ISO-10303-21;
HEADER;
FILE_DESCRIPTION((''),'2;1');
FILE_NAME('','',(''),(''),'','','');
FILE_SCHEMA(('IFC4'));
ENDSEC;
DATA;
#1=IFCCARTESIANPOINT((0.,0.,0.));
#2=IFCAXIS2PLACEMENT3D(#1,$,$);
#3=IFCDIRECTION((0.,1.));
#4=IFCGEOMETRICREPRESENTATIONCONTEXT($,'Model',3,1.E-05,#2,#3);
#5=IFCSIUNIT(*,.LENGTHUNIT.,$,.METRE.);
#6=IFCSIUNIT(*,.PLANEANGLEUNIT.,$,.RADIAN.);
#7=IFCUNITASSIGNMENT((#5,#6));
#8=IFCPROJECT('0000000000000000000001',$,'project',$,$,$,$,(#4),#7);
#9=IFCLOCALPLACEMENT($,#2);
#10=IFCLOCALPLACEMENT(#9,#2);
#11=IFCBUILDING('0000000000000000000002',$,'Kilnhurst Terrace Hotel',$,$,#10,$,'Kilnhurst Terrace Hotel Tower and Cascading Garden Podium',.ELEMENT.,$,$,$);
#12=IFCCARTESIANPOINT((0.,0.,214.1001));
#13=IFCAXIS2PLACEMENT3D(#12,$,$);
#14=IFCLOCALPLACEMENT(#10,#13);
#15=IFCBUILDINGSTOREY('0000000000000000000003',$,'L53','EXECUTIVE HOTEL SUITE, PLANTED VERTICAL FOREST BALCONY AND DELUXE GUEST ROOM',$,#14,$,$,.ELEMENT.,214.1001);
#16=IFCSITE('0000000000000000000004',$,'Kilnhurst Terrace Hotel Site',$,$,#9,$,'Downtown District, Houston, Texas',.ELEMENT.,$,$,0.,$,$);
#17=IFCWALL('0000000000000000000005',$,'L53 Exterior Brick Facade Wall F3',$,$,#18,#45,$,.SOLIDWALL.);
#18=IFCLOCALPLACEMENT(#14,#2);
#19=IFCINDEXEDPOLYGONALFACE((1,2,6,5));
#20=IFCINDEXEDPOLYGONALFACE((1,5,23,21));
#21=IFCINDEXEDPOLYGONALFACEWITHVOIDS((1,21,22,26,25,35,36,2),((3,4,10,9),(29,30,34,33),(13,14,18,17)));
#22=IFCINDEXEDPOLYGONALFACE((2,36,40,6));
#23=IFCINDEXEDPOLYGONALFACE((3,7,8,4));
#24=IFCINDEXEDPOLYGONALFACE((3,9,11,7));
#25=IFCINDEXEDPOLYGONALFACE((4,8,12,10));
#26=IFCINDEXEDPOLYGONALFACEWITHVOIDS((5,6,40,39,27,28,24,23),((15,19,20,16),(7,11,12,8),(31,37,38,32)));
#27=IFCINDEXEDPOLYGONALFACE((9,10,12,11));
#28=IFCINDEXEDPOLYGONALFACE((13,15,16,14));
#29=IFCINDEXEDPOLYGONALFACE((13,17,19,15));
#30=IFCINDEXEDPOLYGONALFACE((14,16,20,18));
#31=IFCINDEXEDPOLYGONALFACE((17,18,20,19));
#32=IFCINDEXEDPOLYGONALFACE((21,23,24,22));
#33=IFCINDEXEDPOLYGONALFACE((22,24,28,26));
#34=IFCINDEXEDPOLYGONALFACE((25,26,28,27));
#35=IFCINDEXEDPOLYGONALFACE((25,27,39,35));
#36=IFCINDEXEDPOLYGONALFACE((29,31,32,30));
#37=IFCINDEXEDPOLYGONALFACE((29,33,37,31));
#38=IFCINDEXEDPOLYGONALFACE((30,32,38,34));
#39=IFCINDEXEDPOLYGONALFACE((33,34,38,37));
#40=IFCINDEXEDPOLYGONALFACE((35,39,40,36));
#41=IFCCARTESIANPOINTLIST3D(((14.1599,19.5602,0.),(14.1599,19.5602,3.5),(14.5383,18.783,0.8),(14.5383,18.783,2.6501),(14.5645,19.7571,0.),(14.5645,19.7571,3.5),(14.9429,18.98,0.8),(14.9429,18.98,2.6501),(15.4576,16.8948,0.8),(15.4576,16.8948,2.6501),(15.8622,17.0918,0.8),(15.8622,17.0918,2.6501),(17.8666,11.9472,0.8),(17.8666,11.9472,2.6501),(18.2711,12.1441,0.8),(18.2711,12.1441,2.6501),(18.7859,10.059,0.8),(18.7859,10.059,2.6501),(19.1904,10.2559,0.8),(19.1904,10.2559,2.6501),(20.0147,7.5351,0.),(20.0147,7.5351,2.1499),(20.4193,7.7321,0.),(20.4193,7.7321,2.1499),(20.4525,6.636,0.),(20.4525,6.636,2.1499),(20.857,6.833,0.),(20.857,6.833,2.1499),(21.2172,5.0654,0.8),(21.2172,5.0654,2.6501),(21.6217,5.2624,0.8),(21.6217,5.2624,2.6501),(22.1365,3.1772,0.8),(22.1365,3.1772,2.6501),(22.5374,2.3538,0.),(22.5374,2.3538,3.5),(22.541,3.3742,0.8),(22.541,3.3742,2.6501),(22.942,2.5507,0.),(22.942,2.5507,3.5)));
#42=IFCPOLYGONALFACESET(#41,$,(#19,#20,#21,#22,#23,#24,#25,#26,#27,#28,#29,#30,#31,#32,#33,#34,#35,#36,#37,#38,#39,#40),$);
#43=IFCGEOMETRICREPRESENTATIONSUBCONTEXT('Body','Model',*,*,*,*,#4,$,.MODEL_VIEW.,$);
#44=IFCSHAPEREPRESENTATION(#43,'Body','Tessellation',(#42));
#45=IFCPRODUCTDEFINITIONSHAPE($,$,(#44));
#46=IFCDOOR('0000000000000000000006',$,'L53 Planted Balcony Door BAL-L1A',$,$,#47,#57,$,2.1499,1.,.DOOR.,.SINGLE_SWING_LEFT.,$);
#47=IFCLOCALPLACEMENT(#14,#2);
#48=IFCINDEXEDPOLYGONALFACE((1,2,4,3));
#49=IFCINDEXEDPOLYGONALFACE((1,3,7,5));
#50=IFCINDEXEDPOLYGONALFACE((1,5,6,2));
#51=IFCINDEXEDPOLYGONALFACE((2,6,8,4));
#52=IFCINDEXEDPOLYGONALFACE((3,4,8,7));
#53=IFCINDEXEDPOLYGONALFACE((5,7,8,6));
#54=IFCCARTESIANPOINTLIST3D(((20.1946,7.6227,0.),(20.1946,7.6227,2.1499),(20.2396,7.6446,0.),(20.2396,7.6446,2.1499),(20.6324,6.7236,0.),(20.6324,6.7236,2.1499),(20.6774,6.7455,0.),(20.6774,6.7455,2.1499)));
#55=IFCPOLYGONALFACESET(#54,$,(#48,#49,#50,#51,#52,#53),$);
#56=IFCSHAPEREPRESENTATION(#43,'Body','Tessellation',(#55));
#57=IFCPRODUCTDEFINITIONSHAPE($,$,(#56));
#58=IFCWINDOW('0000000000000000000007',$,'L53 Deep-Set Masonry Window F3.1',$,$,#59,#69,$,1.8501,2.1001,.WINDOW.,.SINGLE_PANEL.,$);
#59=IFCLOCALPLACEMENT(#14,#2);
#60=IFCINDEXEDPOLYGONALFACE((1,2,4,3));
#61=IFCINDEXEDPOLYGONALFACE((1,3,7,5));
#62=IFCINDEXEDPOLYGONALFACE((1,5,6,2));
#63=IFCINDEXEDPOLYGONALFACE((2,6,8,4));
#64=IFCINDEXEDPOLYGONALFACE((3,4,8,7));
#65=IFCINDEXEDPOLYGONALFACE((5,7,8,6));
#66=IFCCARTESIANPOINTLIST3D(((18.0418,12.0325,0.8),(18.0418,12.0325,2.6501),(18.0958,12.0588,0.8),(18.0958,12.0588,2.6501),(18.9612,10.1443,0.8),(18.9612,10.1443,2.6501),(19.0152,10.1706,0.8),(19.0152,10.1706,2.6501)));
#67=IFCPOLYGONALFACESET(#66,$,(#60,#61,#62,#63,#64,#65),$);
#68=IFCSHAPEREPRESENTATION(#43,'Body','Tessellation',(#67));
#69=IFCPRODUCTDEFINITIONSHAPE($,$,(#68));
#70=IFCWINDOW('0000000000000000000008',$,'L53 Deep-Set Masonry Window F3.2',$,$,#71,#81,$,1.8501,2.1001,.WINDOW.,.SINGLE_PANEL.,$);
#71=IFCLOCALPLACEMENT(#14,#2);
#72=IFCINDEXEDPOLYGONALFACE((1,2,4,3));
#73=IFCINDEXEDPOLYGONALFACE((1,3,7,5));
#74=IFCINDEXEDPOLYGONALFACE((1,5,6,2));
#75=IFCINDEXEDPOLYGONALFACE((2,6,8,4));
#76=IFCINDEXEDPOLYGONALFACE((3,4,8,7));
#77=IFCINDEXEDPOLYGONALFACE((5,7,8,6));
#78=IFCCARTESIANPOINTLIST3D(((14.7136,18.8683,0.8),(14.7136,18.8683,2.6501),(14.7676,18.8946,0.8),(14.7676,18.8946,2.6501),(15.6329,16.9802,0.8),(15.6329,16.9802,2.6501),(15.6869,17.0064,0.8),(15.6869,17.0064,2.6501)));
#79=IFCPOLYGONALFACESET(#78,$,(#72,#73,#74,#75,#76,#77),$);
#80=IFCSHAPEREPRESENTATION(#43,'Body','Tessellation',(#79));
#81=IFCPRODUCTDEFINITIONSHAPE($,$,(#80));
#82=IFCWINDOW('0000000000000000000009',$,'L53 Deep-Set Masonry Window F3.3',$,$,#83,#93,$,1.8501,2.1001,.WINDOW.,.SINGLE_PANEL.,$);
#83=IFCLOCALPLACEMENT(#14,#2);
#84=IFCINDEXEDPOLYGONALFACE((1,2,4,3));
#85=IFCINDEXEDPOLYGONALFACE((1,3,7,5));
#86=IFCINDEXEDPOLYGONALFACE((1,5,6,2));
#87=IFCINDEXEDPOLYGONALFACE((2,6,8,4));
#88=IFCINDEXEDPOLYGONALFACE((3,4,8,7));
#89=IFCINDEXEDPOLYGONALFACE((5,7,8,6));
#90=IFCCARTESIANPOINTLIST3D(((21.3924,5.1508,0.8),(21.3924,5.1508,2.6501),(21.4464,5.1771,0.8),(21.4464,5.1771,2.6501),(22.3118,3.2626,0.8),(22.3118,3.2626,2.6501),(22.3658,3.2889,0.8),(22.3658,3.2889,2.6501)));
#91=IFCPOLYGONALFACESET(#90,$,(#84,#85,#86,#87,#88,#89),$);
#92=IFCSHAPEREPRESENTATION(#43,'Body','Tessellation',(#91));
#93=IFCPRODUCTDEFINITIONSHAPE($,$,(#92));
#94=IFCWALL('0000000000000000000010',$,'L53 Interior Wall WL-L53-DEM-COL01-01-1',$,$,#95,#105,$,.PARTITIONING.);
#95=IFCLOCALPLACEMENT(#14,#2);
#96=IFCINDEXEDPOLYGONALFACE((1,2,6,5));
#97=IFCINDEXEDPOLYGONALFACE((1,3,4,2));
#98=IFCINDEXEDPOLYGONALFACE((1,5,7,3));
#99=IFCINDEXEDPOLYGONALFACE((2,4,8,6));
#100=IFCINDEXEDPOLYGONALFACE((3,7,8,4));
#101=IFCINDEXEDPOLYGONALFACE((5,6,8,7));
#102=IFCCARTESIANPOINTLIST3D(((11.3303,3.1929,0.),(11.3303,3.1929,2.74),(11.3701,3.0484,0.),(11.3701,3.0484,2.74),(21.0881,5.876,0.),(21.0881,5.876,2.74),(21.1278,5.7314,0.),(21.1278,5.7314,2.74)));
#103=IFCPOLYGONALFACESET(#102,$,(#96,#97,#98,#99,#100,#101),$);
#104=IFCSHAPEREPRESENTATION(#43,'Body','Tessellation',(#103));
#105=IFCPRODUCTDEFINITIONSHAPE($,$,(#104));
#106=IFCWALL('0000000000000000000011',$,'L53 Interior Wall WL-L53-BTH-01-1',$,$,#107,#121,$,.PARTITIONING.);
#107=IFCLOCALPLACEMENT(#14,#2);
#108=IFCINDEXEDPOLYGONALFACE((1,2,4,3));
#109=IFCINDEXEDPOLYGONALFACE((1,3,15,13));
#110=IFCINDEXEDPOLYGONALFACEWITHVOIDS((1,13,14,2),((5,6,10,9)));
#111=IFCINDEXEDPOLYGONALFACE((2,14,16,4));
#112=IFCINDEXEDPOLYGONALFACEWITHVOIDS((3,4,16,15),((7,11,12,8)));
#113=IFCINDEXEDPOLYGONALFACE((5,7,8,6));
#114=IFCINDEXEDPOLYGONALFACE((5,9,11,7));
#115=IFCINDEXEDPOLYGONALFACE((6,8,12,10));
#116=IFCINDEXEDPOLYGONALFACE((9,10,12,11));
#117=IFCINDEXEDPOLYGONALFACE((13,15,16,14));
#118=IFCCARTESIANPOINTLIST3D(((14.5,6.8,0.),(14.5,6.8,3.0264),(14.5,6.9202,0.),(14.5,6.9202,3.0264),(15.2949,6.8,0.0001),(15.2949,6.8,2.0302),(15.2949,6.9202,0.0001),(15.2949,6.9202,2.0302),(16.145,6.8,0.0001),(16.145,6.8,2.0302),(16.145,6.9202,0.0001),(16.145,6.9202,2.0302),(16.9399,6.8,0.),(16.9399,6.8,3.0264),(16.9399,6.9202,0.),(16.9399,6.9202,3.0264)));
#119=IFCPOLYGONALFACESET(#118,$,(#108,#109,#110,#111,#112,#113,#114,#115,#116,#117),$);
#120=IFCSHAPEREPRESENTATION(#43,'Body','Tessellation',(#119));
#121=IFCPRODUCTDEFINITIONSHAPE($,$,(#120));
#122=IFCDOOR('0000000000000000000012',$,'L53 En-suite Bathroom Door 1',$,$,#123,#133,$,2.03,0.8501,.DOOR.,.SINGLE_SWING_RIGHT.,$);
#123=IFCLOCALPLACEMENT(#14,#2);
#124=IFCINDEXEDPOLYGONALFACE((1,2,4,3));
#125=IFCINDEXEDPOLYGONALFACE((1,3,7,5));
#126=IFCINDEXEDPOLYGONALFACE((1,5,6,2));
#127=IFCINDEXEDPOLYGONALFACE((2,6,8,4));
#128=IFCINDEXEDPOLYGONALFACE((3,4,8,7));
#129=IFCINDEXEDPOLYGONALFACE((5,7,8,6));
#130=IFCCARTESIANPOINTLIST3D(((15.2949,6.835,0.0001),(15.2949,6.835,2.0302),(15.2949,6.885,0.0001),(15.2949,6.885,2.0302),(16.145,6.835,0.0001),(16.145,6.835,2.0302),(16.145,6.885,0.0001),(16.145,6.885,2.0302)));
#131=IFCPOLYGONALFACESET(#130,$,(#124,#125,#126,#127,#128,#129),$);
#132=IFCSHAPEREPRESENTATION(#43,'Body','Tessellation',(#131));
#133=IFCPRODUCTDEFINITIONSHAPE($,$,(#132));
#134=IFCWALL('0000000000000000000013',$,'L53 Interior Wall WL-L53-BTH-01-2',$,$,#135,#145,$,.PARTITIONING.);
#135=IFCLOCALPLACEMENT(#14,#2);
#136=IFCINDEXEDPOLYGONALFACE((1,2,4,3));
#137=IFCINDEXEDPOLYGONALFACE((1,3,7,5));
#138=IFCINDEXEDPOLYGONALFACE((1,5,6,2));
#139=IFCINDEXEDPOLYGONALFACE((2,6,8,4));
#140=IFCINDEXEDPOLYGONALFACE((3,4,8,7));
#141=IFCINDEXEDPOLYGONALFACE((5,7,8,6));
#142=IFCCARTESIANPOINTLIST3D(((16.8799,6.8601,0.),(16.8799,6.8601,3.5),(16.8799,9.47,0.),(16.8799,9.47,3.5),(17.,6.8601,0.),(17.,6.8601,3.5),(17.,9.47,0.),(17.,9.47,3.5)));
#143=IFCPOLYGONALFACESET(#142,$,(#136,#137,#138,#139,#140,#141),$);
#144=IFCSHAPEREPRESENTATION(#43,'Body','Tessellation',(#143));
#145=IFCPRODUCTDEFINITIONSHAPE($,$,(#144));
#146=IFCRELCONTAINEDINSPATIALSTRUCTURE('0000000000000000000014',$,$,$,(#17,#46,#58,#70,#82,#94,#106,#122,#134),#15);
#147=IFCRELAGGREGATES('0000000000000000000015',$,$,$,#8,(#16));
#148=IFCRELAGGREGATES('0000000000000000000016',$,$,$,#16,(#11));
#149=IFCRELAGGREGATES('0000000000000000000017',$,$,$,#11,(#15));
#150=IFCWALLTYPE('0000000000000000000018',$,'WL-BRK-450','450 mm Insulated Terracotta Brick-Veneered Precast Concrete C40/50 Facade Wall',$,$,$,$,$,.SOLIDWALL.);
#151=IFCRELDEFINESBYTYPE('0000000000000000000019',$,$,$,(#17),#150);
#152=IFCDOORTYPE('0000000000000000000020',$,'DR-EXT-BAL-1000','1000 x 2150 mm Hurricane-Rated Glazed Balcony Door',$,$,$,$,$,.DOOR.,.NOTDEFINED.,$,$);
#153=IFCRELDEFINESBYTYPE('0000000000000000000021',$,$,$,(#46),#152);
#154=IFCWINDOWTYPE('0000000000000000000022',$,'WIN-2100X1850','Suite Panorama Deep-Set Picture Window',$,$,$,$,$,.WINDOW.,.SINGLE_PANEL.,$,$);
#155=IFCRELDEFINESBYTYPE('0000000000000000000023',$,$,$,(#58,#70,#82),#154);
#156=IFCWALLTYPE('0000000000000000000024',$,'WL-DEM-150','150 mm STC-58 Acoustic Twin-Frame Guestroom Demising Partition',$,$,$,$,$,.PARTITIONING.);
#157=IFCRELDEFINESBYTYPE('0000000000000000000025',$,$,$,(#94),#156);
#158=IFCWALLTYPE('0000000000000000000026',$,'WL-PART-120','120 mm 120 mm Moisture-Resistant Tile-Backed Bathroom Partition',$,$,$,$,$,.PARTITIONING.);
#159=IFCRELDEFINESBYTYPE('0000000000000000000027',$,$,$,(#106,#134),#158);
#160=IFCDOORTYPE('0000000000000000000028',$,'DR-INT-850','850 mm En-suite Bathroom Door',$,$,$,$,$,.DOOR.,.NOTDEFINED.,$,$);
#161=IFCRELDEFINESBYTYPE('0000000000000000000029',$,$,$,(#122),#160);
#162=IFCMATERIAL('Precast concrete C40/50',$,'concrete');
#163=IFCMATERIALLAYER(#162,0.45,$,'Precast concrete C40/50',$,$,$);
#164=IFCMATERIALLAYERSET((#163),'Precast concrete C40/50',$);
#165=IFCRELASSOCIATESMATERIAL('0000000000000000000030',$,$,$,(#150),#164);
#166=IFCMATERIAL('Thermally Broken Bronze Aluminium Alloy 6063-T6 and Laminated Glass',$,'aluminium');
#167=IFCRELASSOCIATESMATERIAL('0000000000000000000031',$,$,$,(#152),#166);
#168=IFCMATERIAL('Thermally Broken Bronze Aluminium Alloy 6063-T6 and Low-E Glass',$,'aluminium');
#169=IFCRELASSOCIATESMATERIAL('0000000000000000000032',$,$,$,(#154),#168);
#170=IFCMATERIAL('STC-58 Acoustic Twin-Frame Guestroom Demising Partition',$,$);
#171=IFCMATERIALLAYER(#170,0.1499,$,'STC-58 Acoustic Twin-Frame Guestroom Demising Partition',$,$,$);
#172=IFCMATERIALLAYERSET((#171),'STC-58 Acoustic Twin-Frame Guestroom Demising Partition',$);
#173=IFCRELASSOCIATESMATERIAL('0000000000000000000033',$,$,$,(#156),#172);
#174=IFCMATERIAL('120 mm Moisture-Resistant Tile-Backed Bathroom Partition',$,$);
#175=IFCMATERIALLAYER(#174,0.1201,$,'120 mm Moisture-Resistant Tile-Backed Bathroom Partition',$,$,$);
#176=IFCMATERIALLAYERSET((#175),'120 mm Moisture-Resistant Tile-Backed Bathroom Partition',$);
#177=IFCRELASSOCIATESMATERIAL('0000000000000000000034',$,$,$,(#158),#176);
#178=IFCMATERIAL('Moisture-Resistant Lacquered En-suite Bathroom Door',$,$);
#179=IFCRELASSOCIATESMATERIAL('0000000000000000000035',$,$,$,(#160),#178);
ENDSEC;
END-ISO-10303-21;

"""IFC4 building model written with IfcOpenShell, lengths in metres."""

from ifc_helpers import new_model, si_unit, direction, frame, frame_2d, origin, place, context, subcontext, project, spatial, rectangle, extrude, material, layer, layer_set, type_object, element, fill, save


model = new_model("IFC4")

# Units and contexts
model_context = context("Model", 3, precision=1e-05, world=origin(), true_north=direction((0.0, 1.0)))
body_context = subcontext(model_context, "Body", "Model", "MODEL_VIEW")
ifc_project = project(units=[si_unit("LENGTHUNIT", "METRE"), si_unit("PLANEANGLEUNIT", "RADIAN")], contexts=[model_context])

# Site, building, storey
site_placement = place(None, origin())
site = spatial("IfcSite", under=ifc_project, at=site_placement, Name="Kilnhurst Terrace Hotel Site", LongName="Downtown District, Houston, Texas", CompositionType="ELEMENT", RefElevation=0.0)
building_placement = place(site_placement, origin())
building = spatial("IfcBuilding", under=site, at=building_placement, Name="Kilnhurst Terrace Hotel", LongName="Kilnhurst Terrace Hotel Tower and Cascading Garden Podium", CompositionType="ELEMENT")
storey_placement = place(building_placement, frame((0.0, 0.0, 214.1001)))
storey = spatial("IfcBuildingStorey", under=building, at=storey_placement, Name="L53", Description="EXECUTIVE HOTEL SUITE, PLANTED VERTICAL FOREST BALCONY AND DELUXE GUEST ROOM", CompositionType="ELEMENT", Elevation=214.1001)

# Shared definitions
ifc_material_1 = material(Name="Precast concrete C40/50", Category="concrete")
ifc_layer_1 = layer(ifc_material_1, 0.45, Name="Precast concrete C40/50")
ifc_layer_set_1 = layer_set([ifc_layer_1], Name="Precast concrete C40/50")
wall_type_1 = type_object("IfcWallType", Name="WL-BRK-450", Description="450 mm Insulated Terracotta Brick-Veneered Precast Concrete C40/50 Facade Wall", PredefinedType="SOLIDWALL", material=ifc_layer_set_1)

# Wall, openings, door, windows
wall_1_placement = place(storey_placement, frame((22.7397, 2.4521, 0.0), z_axis=(0.0, 0.0, 1.0), x_axis=(-0.437753, 0.899095, 0.0)))
wall_1 = element("IfcWall", 1, at=wall_1_placement, inside=storey, type_object=wall_type_1, Name="L53 Exterior Brick Facade Wall F3", PredefinedType="SOLIDWALL", context=body_context, shape_type="SweptSolid", body=[
    extrude(rectangle(XDim=19.1375, YDim=0.45, at=frame_2d((9.5688, 0.0))), origin(), (0.0, 0.0, 1.0), 3.5),
])
opening_1_placement = place(wall_1_placement, frame((4.7629, 0.0, 0.0)))
opening_1 = element("IfcOpeningElement", 2, at=opening_1_placement, cuts=wall_1, PredefinedType="OPENING", context=body_context, shape_type="SweptSolid", body=[
    extrude(rectangle(XDim=1.0, YDim=2.1499, at=frame_2d((0.5, 1.075))), frame((0.0, 0.2349, 0.0), z_axis=(0.0, -1.0, 0.0), x_axis=(1.0, 0.0, 0.0)), (0.0, 0.0, 1.0), 0.47),
])
opening_2_placement = place(wall_1_placement, frame((8.5701, 0.0, 0.8)))
opening_2 = element("IfcOpeningElement", 3, at=opening_2_placement, cuts=wall_1, PredefinedType="OPENING", context=body_context, shape_type="SweptSolid", body=[
    extrude(rectangle(XDim=2.1001, YDim=1.8501, at=frame_2d((1.05, 0.925))), frame((0.0, 0.2349, 0.0), z_axis=(0.0, -1.0, 0.0), x_axis=(1.0, 0.0, 0.0)), (0.0, 0.0, 1.0), 0.47),
])
opening_3_placement = place(wall_1_placement, frame((16.1731, 0.0, 0.8)))
opening_3 = element("IfcOpeningElement", 4, at=opening_3_placement, cuts=wall_1, PredefinedType="OPENING", context=body_context, shape_type="SweptSolid", body=[
    extrude(rectangle(XDim=2.1001, YDim=1.8501, at=frame_2d((1.05, 0.925))), frame((0.0, 0.2349, 0.0), z_axis=(0.0, -1.0, 0.0), x_axis=(1.0, 0.0, 0.0)), (0.0, 0.0, 1.0), 0.47),
])
opening_4_placement = place(wall_1_placement, frame((0.916, 0.0, 0.8)))
opening_4 = element("IfcOpeningElement", 5, at=opening_4_placement, cuts=wall_1, PredefinedType="OPENING", context=body_context, shape_type="SweptSolid", body=[
    extrude(rectangle(XDim=2.1001, YDim=1.8501, at=frame_2d((1.05, 0.925))), frame((0.0, 0.2349, 0.0), z_axis=(0.0, -1.0, 0.0), x_axis=(1.0, 0.0, 0.0)), (0.0, 0.0, 1.0), 0.47),
])
ifc_material_2 = material(Name="Thermally Broken Bronze Aluminium Alloy 6063-T6 and Laminated Glass", Category="aluminium")
door_type_1 = type_object("IfcDoorType", Name="DR-EXT-BAL-1000", Description="1000 x 2150 mm Hurricane-Rated Glazed Balcony Door", OperationType="NOTDEFINED", PredefinedType="DOOR", material=ifc_material_2)
door_1_placement = place(opening_1_placement, origin())
door_1 = element("IfcDoor", 6, at=door_1_placement, inside=storey, type_object=door_type_1, Name="L53 Planted Balcony Door BAL-L1A", OperationType="SINGLE_SWING_LEFT", OverallHeight=2.1499, OverallWidth=1.0, PredefinedType="DOOR", context=body_context, shape_type="SweptSolid", body=[
    extrude(rectangle(XDim=1.0, YDim=2.1499, at=frame_2d((0.5, 1.075))), frame((0.0, 0.0249, 0.0), z_axis=(0.0, -1.0, 0.0), x_axis=(1.0, 0.0, 0.0)), (0.0, 0.0, 1.0), 0.05),
])
fill(opening_1, door_1)
ifc_material_3 = material(Name="Thermally Broken Bronze Aluminium Alloy 6063-T6 and Low-E Glass", Category="aluminium")
window_type = type_object("IfcWindowType", Name="WIN-2100X1850", Description="Suite Panorama Deep-Set Picture Window", PartitioningType="SINGLE_PANEL", PredefinedType="WINDOW", material=ifc_material_3)
window_1_placement = place(opening_2_placement, origin())
window_1 = element("IfcWindow", 7, at=window_1_placement, inside=storey, type_object=window_type, Name="L53 Deep-Set Masonry Window F3.1", OverallHeight=1.8501, OverallWidth=2.1001, PartitioningType="SINGLE_PANEL", PredefinedType="WINDOW", context=body_context, shape_type="SweptSolid", body=[
    extrude(rectangle(XDim=2.1001, YDim=1.8501, at=frame_2d((1.05, 0.925))), frame((0.0, 0.03, 0.0), z_axis=(0.0, -1.0, 0.0), x_axis=(1.0, 0.0, 0.0)), (0.0, 0.0, 1.0), 0.0601),
])
fill(opening_2, window_1)
window_2_placement = place(opening_3_placement, origin())
window_2 = element("IfcWindow", 8, at=window_2_placement, inside=storey, type_object=window_type, Name="L53 Deep-Set Masonry Window F3.2", OverallHeight=1.8501, OverallWidth=2.1001, PartitioningType="SINGLE_PANEL", PredefinedType="WINDOW", context=body_context, shape_type="SweptSolid", body=[
    extrude(rectangle(XDim=2.1001, YDim=1.8501, at=frame_2d((1.05, 0.925))), frame((0.0, 0.03, 0.0), z_axis=(0.0, -1.0, 0.0), x_axis=(1.0, 0.0, 0.0)), (0.0, 0.0, 1.0), 0.0601),
])
fill(opening_3, window_2)
window_3_placement = place(opening_4_placement, origin())
window_3 = element("IfcWindow", 9, at=window_3_placement, inside=storey, type_object=window_type, Name="L53 Deep-Set Masonry Window F3.3", OverallHeight=1.8501, OverallWidth=2.1001, PartitioningType="SINGLE_PANEL", PredefinedType="WINDOW", context=body_context, shape_type="SweptSolid", body=[
    extrude(rectangle(XDim=2.1001, YDim=1.8501, at=frame_2d((1.05, 0.925))), frame((0.0, 0.03, 0.0), z_axis=(0.0, -1.0, 0.0), x_axis=(1.0, 0.0, 0.0)), (0.0, 0.0, 1.0), 0.0601),
])
fill(opening_4, window_3)

# Wall
ifc_material_4 = material(Name="STC-58 Acoustic Twin-Frame Guestroom Demising Partition")
ifc_layer_2 = layer(ifc_material_4, 0.1499, Name="STC-58 Acoustic Twin-Frame Guestroom Demising Partition")
ifc_layer_set_2 = layer_set([ifc_layer_2], Name="STC-58 Acoustic Twin-Frame Guestroom Demising Partition")
wall_type_2 = type_object("IfcWallType", Name="WL-DEM-150", Description="150 mm STC-58 Acoustic Twin-Frame Guestroom Demising Partition", PredefinedType="PARTITIONING", material=ifc_layer_set_2)
wall_2_placement = place(storey_placement, frame((11.3501, 3.1206, 0.0), z_axis=(0.0, 0.0, 1.0), x_axis=(0.964213, 0.26513, 0.0)))
element("IfcWall", 10, at=wall_2_placement, inside=storey, type_object=wall_type_2, Name="L53 Interior Wall WL-L53-DEM-COL01-01-1", PredefinedType="PARTITIONING", context=body_context, shape_type="SweptSolid", body=[
    extrude(rectangle(XDim=10.1199, YDim=0.1499, at=frame_2d((5.0601, 0.0))), origin(), (0.0, 0.0, 1.0), 2.74),
])

# Wall, opening, door
ifc_material_5 = material(Name="120 mm Moisture-Resistant Tile-Backed Bathroom Partition")
ifc_layer_3 = layer(ifc_material_5, 0.1201, Name="120 mm Moisture-Resistant Tile-Backed Bathroom Partition")
ifc_layer_set_3 = layer_set([ifc_layer_3], Name="120 mm Moisture-Resistant Tile-Backed Bathroom Partition")
wall_type_3 = type_object("IfcWallType", Name="WL-PART-120", Description="120 mm 120 mm Moisture-Resistant Tile-Backed Bathroom Partition", PredefinedType="PARTITIONING", material=ifc_layer_set_3)
wall_3_placement = place(storey_placement, frame((14.5, 6.8601, 0.0), z_axis=(0.0, 0.0, 1.0), x_axis=(1.0, 0.0, 0.0)))
wall_3 = element("IfcWall", 11, at=wall_3_placement, inside=storey, type_object=wall_type_3, Name="L53 Interior Wall WL-L53-BTH-01-1", PredefinedType="PARTITIONING", context=body_context, shape_type="SweptSolid", body=[
    extrude(rectangle(XDim=2.4399, YDim=0.1201, at=frame_2d((1.22, 0.0))), origin(), (0.0, 0.0, 1.0), 3.0264),
])
opening_5_placement = place(wall_3_placement, frame((0.7949, 0.0, 0.0)))
opening_5 = element("IfcOpeningElement", 12, at=opening_5_placement, cuts=wall_3, PredefinedType="OPENING", context=body_context, shape_type="SweptSolid", body=[
    extrude(rectangle(XDim=0.8501, YDim=2.03, at=frame_2d((0.425, 1.0151))), frame((0.0, 0.0701, 0.0), z_axis=(0.0, -1.0, 0.0), x_axis=(1.0, 0.0, 0.0)), (0.0, 0.0, 1.0), 0.1401),
])
ifc_material_6 = material(Name="Moisture-Resistant Lacquered En-suite Bathroom Door")
door_type_2 = type_object("IfcDoorType", Name="DR-INT-850", Description="850 mm En-suite Bathroom Door", OperationType="NOTDEFINED", PredefinedType="DOOR", material=ifc_material_6)
door_2_placement = place(opening_5_placement, origin())
door_2 = element("IfcDoor", 13, at=door_2_placement, inside=storey, type_object=door_type_2, Name="L53 En-suite Bathroom Door 1", OperationType="SINGLE_SWING_RIGHT", OverallHeight=2.03, OverallWidth=0.8501, PredefinedType="DOOR", context=body_context, shape_type="SweptSolid", body=[
    extrude(rectangle(XDim=0.8501, YDim=2.03, at=frame_2d((0.425, 1.0151))), frame((0.0, 0.0249, 0.0), z_axis=(0.0, -1.0, 0.0), x_axis=(1.0, 0.0, 0.0)), (0.0, 0.0, 1.0), 0.05),
])
fill(opening_5, door_2)

# Wall
wall_4_placement = place(storey_placement, frame((16.9399, 6.8601, 0.0), z_axis=(0.0, 0.0, 1.0), x_axis=(0.0, 1.0, 0.0)))
element("IfcWall", 14, at=wall_4_placement, inside=storey, type_object=wall_type_3, Name="L53 Interior Wall WL-L53-BTH-01-2", PredefinedType="PARTITIONING", context=body_context, shape_type="SweptSolid", body=[
    extrude(rectangle(XDim=2.6099, YDim=0.1201, at=frame_2d((1.3049, 0.0))), origin(), (0.0, 0.0, 1.0), 3.5),
])

save(model, "model.ifc")
